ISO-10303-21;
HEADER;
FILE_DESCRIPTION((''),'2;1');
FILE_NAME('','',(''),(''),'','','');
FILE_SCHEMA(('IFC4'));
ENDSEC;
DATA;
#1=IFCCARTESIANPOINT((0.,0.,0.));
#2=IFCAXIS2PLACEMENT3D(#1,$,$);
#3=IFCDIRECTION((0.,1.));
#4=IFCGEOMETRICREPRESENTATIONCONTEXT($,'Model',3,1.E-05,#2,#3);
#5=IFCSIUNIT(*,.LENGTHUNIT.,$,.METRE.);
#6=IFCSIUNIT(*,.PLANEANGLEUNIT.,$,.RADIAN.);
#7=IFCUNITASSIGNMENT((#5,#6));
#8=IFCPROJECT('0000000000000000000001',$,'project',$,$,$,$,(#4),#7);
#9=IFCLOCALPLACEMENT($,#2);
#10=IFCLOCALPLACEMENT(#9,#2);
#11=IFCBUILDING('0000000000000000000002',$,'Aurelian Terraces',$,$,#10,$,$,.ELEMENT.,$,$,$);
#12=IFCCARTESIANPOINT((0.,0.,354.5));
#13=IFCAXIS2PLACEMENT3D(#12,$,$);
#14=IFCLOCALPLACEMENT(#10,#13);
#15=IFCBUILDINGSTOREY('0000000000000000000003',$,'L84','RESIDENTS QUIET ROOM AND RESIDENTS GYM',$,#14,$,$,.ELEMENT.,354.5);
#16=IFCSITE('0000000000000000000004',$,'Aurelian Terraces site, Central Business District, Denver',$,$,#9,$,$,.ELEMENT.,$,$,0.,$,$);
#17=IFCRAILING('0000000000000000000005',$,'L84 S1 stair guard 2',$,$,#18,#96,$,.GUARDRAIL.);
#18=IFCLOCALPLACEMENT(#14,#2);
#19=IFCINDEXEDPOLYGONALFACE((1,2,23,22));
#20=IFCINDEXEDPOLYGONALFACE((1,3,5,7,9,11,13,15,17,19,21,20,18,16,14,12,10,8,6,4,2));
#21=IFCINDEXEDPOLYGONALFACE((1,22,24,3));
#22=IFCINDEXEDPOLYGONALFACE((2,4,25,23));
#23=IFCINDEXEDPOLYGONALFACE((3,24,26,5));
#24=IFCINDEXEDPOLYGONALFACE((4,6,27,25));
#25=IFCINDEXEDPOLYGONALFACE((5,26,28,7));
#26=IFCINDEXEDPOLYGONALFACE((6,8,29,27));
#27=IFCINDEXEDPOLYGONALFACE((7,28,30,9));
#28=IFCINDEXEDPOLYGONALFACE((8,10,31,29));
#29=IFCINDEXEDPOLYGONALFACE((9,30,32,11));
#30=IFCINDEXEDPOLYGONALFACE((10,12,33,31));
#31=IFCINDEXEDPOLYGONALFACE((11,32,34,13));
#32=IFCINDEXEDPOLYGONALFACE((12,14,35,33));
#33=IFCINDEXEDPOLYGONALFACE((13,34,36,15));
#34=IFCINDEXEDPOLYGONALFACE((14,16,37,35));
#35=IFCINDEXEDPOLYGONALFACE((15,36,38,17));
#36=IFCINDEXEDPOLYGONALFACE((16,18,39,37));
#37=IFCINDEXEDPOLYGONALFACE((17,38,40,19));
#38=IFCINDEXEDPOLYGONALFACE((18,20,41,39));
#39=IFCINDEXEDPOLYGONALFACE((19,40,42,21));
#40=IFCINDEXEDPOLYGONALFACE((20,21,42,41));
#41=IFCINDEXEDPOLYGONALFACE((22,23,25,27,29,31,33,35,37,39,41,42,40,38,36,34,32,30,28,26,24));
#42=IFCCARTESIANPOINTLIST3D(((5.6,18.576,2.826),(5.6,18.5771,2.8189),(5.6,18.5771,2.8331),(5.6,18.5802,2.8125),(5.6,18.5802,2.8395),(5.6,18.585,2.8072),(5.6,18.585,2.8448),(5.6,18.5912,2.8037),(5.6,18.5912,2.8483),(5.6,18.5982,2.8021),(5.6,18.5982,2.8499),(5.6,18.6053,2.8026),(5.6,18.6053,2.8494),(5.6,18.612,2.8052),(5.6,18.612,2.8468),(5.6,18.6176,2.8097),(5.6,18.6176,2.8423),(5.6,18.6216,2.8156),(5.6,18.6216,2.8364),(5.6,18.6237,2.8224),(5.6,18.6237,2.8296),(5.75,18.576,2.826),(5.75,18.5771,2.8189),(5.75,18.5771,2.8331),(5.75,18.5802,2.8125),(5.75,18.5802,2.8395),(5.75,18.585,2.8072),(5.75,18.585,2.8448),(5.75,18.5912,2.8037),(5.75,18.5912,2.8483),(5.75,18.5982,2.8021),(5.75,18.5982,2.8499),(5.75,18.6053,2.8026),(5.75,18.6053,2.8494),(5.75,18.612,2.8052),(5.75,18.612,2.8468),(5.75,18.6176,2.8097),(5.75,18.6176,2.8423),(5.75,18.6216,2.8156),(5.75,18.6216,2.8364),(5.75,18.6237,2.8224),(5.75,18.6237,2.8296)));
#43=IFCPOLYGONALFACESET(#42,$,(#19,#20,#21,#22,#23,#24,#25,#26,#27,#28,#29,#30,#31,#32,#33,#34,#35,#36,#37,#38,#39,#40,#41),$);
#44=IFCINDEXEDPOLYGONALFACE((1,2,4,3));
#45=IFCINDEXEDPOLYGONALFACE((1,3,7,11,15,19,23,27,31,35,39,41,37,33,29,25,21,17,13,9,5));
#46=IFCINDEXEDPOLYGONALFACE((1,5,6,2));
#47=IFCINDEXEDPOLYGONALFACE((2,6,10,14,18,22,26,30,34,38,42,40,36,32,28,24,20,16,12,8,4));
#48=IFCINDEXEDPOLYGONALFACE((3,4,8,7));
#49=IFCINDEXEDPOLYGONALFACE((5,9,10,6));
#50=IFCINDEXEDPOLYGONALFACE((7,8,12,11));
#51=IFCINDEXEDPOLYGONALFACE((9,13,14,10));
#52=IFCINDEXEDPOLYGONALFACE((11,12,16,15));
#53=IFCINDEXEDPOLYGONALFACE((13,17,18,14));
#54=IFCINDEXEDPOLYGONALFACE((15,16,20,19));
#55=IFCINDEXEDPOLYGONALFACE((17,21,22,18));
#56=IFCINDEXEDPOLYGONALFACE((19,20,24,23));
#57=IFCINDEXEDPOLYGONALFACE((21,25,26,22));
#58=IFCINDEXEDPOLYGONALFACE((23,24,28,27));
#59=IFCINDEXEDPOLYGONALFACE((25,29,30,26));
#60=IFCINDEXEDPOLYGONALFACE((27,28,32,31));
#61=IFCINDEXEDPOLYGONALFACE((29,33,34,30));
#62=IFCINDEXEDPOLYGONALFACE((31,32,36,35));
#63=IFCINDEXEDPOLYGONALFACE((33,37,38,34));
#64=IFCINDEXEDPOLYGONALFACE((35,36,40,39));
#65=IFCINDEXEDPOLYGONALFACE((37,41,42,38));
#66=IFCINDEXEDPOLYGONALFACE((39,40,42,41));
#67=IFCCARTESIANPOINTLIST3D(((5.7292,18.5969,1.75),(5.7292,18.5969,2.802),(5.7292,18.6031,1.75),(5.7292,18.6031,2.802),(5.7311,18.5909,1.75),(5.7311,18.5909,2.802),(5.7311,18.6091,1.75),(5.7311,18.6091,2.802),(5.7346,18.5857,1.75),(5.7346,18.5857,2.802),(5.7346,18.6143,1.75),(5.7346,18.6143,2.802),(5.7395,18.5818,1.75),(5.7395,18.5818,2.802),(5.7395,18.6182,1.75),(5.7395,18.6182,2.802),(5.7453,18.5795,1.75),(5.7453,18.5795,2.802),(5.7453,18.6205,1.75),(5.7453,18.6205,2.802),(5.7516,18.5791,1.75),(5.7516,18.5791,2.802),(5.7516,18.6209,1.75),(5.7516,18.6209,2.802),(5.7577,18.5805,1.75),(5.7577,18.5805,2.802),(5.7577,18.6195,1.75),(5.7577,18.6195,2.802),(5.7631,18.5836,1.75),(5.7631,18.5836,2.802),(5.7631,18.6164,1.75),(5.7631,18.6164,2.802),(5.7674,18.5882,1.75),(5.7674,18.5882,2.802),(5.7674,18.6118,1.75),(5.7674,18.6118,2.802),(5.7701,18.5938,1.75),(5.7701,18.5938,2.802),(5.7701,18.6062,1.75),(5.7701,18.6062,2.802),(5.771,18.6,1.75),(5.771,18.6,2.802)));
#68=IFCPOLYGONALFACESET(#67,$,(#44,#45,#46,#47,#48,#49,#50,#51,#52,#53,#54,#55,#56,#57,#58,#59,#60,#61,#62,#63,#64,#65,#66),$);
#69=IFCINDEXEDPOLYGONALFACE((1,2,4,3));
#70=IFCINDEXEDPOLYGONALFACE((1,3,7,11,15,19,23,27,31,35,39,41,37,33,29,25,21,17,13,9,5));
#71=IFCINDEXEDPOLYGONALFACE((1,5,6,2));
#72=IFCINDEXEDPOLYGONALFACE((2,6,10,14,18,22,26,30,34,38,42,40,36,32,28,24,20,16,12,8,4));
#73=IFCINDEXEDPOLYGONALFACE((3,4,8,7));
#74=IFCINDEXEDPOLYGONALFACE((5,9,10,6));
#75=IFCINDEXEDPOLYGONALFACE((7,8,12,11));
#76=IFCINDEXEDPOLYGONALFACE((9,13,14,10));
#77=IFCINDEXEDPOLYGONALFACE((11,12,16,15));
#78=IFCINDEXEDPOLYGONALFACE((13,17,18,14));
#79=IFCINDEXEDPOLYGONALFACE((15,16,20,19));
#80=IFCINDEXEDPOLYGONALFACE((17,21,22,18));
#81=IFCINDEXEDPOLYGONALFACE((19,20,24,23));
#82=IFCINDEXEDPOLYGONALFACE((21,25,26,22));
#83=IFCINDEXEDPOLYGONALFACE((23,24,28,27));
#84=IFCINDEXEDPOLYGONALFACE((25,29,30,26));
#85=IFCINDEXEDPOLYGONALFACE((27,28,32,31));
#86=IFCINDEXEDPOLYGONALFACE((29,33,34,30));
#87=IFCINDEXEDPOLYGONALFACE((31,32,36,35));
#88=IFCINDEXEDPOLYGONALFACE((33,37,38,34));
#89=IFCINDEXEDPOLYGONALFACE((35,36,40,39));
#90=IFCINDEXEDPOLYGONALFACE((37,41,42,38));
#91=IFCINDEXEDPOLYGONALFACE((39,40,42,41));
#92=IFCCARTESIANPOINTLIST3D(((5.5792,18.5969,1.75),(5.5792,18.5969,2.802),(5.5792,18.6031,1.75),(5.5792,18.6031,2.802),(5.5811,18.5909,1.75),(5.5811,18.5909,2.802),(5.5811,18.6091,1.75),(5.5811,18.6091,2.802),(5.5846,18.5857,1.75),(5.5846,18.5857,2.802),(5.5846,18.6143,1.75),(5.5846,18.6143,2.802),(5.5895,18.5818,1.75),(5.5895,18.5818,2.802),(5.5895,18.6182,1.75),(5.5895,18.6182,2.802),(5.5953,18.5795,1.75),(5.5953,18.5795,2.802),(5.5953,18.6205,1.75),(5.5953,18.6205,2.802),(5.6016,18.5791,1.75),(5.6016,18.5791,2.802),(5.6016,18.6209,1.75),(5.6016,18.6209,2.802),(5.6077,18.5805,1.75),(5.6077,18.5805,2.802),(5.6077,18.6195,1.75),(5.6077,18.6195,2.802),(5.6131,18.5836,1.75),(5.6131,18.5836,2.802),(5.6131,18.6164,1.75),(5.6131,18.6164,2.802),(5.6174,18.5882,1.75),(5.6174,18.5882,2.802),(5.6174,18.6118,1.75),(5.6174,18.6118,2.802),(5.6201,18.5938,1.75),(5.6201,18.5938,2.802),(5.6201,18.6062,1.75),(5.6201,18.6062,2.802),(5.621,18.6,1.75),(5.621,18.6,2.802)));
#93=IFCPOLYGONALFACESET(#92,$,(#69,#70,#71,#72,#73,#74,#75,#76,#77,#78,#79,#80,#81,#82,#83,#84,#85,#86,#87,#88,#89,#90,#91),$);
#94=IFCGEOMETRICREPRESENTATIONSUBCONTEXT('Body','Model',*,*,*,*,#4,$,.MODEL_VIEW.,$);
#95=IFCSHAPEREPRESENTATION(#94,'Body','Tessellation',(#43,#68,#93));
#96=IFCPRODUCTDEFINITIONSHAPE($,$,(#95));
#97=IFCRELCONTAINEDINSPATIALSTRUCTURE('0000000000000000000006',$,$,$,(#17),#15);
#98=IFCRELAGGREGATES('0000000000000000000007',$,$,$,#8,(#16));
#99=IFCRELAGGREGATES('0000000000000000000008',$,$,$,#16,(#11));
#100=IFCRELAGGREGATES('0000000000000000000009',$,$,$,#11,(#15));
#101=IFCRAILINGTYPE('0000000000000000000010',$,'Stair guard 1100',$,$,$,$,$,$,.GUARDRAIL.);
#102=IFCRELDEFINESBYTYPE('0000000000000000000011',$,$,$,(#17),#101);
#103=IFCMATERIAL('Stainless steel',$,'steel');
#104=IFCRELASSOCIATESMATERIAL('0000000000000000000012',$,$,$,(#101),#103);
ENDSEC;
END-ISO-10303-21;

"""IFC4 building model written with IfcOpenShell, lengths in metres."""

from ifc_helpers import new_model, si_unit, direction, frame, origin, origin_2d, place, context, subcontext, project, spatial, circle, extrude, source, transform, mapped, material, type_object, element, save


model = new_model("IFC4")

# Units and contexts
model_context = context("Model", 3, precision=1e-05, world=origin(), true_north=direction((0.0, 1.0)))
body_context = subcontext(model_context, "Body", "Model", "MODEL_VIEW")
ifc_project = project(units=[si_unit("LENGTHUNIT", "METRE"), si_unit("PLANEANGLEUNIT", "RADIAN")], contexts=[model_context])

# Site, building, storey
site_placement = place(None, origin())
site = spatial("IfcSite", under=ifc_project, at=site_placement, Name="Aurelian Terraces site, Central Business District, Denver", CompositionType="ELEMENT", RefElevation=0.0)
building_placement = place(site_placement, origin())
building = spatial("IfcBuilding", under=site, at=building_placement, Name="Aurelian Terraces", CompositionType="ELEMENT")
storey_placement = place(building_placement, frame((0.0, 0.0, 354.5)))
storey = spatial("IfcBuildingStorey", under=building, at=storey_placement, Name="L84", Description="RESIDENTS QUIET ROOM AND RESIDENTS GYM", CompositionType="ELEMENT", Elevation=354.5)

# Shared definitions
ifc_material_1 = material(Name="Stainless steel", Category="steel")

# Railing
railing_type_1 = type_object("IfcRailingType", Name="Stair guard 1100", PredefinedType="GUARDRAIL", material=ifc_material_1)
shared_shape_1 = source(origin(), body_context, "Body", "SweptSolid", [
    extrude(circle(Radius=0.024, at=origin_2d()), frame((0.0, 0.0, 1.076), z_axis=(-1.0, 0.0, 0.0), x_axis=(0.0, -1.0, 0.0)), (0.0, 0.0, 1.0), 0.15),
    extrude(circle(Radius=0.021, at=origin_2d()), origin(), (0.0, 0.0, 1.0), 1.052),
    extrude(circle(Radius=0.021, at=origin_2d()), frame((-0.15, 0.0, 0.0)), (0.0, 0.0, 1.0), 1.052),
])
railing_1_placement = place(storey_placement, frame((5.75, 18.6, 1.75)))
element("IfcRailing", 1, at=railing_1_placement, inside=storey, type_object=railing_type_1, Name="L84 S1 stair guard 2", PredefinedType="GUARDRAIL", context=body_context, shape_type="MappedRepresentation", body=[
    mapped(shared_shape_1, transform((0.0, 0.0, 0.0), scale=1.0)),
])

save(model, "model.ifc")
